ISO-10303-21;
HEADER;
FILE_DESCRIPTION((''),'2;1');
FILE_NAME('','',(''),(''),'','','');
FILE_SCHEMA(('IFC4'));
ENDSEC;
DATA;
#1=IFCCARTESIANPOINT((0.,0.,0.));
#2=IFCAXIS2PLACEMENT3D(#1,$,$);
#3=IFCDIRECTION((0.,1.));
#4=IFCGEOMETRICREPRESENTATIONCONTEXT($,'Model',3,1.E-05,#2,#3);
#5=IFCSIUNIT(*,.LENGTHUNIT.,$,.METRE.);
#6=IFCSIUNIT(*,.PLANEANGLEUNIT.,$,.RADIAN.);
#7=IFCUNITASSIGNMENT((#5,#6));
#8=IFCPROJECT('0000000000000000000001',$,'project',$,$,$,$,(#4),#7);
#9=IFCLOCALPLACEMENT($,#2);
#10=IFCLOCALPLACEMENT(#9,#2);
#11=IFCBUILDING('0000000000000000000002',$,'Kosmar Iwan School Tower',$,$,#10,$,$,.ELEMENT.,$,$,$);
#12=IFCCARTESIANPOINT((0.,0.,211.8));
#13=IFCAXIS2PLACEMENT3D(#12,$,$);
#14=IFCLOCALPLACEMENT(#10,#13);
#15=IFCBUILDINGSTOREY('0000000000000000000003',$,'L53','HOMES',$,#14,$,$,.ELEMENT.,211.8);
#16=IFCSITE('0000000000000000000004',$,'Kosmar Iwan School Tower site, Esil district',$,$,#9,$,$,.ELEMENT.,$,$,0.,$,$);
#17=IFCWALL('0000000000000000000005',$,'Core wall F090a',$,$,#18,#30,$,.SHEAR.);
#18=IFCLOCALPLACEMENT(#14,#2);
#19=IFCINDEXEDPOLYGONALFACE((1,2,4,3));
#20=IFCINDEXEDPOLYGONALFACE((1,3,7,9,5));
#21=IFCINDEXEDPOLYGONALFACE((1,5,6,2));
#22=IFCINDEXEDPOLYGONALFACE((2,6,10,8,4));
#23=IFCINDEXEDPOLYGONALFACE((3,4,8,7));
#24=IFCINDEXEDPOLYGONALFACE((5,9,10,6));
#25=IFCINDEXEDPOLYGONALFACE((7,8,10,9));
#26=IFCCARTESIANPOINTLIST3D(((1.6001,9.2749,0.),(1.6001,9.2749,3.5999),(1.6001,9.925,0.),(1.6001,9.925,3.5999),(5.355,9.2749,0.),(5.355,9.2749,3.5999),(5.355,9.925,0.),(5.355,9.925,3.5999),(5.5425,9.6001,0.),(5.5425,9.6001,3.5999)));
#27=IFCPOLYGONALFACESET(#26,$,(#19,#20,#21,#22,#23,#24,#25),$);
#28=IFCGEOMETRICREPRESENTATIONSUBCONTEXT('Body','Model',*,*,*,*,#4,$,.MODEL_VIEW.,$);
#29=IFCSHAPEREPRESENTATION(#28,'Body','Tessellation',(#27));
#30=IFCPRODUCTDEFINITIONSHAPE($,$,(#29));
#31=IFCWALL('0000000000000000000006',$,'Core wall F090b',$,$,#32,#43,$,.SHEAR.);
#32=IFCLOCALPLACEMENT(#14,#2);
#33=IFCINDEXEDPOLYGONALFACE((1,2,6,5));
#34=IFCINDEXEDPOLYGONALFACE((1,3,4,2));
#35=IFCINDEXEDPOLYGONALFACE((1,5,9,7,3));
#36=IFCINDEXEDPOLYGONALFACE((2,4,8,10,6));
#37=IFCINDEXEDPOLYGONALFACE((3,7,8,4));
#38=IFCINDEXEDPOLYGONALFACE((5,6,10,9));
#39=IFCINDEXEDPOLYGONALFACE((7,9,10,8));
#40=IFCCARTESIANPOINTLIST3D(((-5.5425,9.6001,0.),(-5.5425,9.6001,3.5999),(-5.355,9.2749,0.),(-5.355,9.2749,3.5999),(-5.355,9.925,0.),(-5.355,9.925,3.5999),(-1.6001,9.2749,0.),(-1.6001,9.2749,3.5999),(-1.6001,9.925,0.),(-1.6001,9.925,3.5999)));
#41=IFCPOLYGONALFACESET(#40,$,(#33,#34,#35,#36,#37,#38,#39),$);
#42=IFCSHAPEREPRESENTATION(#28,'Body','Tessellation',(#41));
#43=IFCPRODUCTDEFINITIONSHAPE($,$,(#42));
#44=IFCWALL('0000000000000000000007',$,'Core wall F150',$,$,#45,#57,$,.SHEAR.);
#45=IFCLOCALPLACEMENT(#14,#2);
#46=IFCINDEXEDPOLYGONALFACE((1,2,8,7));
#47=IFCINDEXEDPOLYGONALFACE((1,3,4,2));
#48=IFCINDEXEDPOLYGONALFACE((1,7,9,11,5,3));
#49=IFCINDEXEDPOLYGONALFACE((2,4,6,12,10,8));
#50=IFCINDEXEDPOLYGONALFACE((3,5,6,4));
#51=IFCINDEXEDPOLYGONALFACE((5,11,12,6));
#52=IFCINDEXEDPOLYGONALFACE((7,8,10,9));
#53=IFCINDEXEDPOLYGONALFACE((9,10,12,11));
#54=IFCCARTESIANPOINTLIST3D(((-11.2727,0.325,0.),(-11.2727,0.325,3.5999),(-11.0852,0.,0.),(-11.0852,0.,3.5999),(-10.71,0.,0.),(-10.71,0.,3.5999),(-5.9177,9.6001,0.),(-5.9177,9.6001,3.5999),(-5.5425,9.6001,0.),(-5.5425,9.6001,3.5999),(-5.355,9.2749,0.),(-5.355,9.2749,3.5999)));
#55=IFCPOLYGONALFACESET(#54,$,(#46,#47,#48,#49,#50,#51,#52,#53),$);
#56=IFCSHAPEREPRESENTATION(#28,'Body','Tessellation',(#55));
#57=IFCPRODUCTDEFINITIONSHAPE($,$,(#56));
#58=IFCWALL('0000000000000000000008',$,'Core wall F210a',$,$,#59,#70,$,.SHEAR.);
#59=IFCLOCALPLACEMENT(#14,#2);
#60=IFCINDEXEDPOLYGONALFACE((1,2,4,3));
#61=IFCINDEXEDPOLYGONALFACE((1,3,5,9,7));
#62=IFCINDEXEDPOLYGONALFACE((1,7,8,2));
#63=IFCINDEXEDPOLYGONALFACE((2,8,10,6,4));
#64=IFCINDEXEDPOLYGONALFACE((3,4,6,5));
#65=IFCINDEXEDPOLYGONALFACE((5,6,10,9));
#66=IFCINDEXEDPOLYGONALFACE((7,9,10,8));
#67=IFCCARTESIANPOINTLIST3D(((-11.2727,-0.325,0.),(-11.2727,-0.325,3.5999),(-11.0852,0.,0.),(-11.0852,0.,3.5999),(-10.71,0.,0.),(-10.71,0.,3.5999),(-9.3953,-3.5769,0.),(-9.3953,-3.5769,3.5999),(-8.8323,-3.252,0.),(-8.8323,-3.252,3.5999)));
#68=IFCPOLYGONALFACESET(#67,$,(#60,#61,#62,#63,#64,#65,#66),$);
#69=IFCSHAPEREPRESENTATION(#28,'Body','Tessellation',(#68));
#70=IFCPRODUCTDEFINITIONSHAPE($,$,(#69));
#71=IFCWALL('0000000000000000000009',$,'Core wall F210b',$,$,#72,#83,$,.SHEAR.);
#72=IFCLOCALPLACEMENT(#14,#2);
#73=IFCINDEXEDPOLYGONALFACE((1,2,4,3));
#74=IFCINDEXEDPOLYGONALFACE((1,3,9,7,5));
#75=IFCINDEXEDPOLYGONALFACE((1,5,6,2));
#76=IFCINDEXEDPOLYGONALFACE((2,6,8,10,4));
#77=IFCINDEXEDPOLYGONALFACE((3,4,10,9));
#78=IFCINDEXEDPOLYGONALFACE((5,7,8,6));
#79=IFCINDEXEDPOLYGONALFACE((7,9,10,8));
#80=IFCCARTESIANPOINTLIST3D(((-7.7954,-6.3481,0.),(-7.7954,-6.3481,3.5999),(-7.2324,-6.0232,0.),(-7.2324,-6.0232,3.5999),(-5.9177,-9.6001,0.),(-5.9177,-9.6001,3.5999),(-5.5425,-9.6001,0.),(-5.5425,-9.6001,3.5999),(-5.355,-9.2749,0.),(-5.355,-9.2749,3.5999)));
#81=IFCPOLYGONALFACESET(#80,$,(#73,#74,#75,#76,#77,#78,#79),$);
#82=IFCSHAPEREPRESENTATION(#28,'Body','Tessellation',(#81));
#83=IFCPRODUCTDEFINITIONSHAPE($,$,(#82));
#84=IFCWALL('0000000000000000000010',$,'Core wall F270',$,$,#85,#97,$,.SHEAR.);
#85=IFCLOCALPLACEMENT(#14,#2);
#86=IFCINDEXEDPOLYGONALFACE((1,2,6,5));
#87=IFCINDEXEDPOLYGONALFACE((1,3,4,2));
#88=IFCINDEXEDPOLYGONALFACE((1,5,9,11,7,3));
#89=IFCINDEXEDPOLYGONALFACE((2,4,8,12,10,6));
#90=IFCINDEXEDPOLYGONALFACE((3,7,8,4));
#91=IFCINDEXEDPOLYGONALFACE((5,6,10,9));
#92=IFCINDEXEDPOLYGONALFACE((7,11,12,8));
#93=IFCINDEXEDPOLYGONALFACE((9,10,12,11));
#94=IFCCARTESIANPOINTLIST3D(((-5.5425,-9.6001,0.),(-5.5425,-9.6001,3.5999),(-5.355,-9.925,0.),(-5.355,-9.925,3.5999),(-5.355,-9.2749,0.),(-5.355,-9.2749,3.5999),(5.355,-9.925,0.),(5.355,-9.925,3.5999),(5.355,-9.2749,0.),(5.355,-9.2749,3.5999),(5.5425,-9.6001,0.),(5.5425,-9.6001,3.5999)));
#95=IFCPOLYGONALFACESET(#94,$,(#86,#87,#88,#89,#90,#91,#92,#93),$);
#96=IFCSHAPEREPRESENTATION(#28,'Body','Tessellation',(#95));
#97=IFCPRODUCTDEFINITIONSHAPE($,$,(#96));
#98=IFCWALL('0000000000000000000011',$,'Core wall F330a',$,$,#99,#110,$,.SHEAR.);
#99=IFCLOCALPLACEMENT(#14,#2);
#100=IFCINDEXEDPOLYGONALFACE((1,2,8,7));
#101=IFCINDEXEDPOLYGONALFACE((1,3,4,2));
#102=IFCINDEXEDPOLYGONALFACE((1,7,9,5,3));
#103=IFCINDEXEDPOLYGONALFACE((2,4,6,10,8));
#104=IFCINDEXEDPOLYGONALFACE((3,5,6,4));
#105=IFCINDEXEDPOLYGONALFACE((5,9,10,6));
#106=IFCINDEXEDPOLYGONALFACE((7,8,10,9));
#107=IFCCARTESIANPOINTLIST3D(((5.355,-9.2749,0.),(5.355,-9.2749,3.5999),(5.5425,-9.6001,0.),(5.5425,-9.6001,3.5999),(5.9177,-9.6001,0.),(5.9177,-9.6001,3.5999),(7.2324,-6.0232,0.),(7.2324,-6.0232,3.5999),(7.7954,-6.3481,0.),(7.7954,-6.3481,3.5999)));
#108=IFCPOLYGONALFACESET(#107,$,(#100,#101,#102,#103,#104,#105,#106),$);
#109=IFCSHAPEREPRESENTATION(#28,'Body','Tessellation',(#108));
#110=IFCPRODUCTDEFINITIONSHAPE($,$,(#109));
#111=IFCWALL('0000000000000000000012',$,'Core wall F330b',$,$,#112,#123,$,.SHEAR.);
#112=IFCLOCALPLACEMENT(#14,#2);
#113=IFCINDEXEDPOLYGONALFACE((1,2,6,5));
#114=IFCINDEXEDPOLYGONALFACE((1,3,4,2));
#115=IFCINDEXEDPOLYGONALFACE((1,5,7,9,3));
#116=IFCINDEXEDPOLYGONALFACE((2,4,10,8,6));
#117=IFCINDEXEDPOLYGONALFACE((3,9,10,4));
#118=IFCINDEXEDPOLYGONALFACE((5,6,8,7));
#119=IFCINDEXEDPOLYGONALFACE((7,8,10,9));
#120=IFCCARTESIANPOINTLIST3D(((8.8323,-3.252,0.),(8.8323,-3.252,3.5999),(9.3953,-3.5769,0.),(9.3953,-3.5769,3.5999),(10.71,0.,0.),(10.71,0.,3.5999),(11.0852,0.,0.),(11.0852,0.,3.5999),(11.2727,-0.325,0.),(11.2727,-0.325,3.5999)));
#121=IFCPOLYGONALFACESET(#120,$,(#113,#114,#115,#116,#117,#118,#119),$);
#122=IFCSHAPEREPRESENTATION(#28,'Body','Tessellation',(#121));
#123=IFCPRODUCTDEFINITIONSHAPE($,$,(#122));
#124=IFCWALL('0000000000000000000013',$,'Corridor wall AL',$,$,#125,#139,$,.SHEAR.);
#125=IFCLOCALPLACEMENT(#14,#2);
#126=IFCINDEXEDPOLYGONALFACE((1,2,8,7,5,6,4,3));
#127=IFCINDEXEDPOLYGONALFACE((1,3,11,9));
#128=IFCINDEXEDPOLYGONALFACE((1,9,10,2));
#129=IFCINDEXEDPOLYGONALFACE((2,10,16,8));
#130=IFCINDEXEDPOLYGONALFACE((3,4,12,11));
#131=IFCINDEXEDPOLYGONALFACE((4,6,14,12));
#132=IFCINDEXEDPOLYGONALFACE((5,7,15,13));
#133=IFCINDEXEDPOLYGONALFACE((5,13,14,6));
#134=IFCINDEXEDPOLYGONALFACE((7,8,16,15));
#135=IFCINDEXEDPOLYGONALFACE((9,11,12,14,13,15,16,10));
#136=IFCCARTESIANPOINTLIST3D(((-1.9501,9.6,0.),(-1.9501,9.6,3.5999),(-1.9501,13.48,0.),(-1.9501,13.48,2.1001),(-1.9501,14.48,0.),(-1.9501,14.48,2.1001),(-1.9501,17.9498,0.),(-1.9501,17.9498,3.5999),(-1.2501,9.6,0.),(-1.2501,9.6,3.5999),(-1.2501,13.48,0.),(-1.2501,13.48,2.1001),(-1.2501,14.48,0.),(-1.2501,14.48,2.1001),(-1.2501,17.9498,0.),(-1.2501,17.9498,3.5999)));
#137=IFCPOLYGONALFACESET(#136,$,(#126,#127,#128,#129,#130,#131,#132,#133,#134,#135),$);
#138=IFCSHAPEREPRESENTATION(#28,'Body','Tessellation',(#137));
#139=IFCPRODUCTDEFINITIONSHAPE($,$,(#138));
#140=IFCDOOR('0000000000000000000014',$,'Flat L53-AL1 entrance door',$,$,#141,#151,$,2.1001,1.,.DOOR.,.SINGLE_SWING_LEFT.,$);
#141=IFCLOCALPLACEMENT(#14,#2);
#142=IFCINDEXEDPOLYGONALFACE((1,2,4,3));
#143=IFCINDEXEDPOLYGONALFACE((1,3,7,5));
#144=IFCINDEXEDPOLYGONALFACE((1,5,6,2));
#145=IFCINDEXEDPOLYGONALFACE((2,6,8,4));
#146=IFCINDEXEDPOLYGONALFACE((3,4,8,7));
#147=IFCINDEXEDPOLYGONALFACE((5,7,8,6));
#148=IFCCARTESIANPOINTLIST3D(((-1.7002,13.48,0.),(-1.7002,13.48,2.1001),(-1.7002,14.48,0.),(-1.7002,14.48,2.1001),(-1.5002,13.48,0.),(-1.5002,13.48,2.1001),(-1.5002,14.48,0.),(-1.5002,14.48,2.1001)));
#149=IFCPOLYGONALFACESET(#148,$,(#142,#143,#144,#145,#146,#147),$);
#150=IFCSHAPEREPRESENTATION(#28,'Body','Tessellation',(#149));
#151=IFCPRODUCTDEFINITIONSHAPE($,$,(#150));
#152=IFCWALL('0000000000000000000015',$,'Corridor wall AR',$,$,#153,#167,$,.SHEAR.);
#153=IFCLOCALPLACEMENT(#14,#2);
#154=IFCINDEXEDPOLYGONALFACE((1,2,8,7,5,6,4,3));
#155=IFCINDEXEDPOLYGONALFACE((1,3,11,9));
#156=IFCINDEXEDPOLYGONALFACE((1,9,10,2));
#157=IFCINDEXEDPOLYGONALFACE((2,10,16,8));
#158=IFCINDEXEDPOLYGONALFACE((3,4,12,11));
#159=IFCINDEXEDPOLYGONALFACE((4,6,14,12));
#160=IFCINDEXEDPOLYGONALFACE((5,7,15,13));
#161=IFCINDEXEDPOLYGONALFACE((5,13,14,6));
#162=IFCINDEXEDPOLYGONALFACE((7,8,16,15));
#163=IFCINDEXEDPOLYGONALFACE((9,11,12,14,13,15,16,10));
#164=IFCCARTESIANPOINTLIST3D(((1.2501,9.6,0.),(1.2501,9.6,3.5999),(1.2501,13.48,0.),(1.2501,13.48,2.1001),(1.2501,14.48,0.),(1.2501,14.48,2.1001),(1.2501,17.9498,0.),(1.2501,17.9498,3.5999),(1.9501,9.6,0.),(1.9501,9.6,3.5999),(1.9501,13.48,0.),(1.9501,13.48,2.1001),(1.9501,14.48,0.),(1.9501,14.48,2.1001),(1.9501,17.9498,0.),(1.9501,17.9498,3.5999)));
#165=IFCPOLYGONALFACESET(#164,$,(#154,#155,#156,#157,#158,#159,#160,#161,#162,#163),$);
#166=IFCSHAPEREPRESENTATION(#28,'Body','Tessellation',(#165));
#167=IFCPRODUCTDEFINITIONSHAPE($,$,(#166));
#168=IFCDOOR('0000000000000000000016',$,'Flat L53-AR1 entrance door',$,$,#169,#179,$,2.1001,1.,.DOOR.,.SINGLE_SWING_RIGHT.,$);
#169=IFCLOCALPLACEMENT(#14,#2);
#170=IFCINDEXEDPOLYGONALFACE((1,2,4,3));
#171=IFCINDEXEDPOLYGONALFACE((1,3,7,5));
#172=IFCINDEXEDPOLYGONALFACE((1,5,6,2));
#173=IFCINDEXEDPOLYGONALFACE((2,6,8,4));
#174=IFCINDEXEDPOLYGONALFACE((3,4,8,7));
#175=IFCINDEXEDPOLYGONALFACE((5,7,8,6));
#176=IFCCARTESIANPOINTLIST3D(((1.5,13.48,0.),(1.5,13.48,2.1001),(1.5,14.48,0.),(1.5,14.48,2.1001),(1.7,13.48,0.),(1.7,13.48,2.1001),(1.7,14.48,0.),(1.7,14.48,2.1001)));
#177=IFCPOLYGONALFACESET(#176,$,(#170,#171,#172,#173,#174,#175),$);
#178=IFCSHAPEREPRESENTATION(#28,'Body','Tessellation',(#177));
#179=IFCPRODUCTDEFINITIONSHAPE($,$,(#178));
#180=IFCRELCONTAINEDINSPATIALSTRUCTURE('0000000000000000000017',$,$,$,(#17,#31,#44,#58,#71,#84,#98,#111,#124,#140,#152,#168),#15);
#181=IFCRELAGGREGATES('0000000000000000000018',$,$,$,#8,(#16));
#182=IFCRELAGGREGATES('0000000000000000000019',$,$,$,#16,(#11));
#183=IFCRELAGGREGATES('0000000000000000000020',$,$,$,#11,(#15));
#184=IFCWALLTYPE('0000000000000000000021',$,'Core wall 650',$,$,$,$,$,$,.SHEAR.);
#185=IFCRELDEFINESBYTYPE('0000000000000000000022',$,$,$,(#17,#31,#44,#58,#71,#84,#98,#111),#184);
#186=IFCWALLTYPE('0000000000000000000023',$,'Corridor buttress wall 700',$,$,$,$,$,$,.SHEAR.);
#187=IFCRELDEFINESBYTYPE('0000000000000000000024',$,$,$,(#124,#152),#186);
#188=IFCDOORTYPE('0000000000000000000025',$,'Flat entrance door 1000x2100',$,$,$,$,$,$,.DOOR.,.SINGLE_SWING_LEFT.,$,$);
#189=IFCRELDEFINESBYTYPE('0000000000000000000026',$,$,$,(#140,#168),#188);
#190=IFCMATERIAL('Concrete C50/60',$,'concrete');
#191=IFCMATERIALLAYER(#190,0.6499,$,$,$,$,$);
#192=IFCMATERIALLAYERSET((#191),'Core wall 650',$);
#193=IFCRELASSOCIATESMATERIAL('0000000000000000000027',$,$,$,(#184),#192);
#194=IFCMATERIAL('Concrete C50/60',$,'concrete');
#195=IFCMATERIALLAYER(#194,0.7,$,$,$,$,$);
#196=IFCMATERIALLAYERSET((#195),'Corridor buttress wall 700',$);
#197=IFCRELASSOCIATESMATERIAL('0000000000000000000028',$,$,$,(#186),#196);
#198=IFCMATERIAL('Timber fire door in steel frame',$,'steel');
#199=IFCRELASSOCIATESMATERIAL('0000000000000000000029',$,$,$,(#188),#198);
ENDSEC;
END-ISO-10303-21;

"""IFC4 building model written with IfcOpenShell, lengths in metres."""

from ifc_helpers import new_model, si_unit, direction, frame, frame_2d, origin, place, context, subcontext, project, spatial, polyline, rectangle, outline, extrude, material, layer, layer_set, type_object, element, fill, save


model = new_model("IFC4")

# Units and contexts
model_context = context("Model", 3, precision=1e-05, world=origin(), true_north=direction((0.0, 1.0)))
body_context = subcontext(model_context, "Body", "Model", "MODEL_VIEW")
ifc_project = project(units=[si_unit("LENGTHUNIT", "METRE"), si_unit("PLANEANGLEUNIT", "RADIAN")], contexts=[model_context])

# Site, building, storey
site_placement = place(None, origin())
site = spatial("IfcSite", under=ifc_project, at=site_placement, Name="Kosmar Iwan School Tower site, Esil district", CompositionType="ELEMENT", RefElevation=0.0)
building_placement = place(site_placement, origin())
building = spatial("IfcBuilding", under=site, at=building_placement, Name="Kosmar Iwan School Tower", CompositionType="ELEMENT")
storey_placement = place(building_placement, frame((0.0, 0.0, 211.8)))
storey = spatial("IfcBuildingStorey", under=building, at=storey_placement, Name="L53", Description="HOMES", CompositionType="ELEMENT", Elevation=211.8)

# Walls
ifc_material_1 = material(Name="Concrete C50/60", Category="concrete")
ifc_layer_1 = layer(ifc_material_1, 0.6499)
ifc_layer_set_1 = layer_set([ifc_layer_1], Name="Core wall 650")
wall_type_1 = type_object("IfcWallType", Name="Core wall 650", PredefinedType="SHEAR", material=ifc_layer_set_1)
wall_1_placement = place(storey_placement, origin())
element("IfcWall", 1, at=wall_1_placement, inside=storey, type_object=wall_type_1, Name="Core wall F090a", PredefinedType="SHEAR", context=body_context, shape_type="SweptSolid", body=[
    extrude(outline(polyline([(1.6001, 9.2749), (5.355, 9.2749), (5.5425, 9.6001), (5.355, 9.925), (1.6001, 9.925), (1.6001, 9.2749)])), origin(), (0.0, 0.0, 1.0), 3.5999),
])
wall_2_placement = place(storey_placement, origin())
element("IfcWall", 2, at=wall_2_placement, inside=storey, type_object=wall_type_1, Name="Core wall F090b", PredefinedType="SHEAR", context=body_context, shape_type="SweptSolid", body=[
    extrude(outline(polyline([(-5.355, 9.2749), (-1.6001, 9.2749), (-1.6001, 9.925), (-5.355, 9.925), (-5.5425, 9.6001), (-5.355, 9.2749)])), origin(), (0.0, 0.0, 1.0), 3.5999),
])
wall_3_placement = place(storey_placement, origin())
element("IfcWall", 3, at=wall_3_placement, inside=storey, type_object=wall_type_1, Name="Core wall F150", PredefinedType="SHEAR", context=body_context, shape_type="SweptSolid", body=[
    extrude(outline(polyline([(-11.0852, 0.0), (-10.71, 0.0), (-5.355, 9.2749), (-5.5425, 9.6001), (-5.9177, 9.6001), (-11.2727, 0.325), (-11.0852, 0.0)])), origin(), (0.0, 0.0, 1.0), 3.5999),
])
wall_4_placement = place(storey_placement, origin())
element("IfcWall", 4, at=wall_4_placement, inside=storey, type_object=wall_type_1, Name="Core wall F210a", PredefinedType="SHEAR", context=body_context, shape_type="SweptSolid", body=[
    extrude(outline(polyline([(-9.3953, -3.5769), (-8.8323, -3.252), (-10.71, 0.0), (-11.0852, 0.0), (-11.2727, -0.325), (-9.3953, -3.5769)])), origin(), (0.0, 0.0, 1.0), 3.5999),
])
wall_5_placement = place(storey_placement, origin())
element("IfcWall", 5, at=wall_5_placement, inside=storey, type_object=wall_type_1, Name="Core wall F210b", PredefinedType="SHEAR", context=body_context, shape_type="SweptSolid", body=[
    extrude(outline(polyline([(-5.9177, -9.6001), (-5.5425, -9.6001), (-5.355, -9.2749), (-7.2324, -6.0232), (-7.7954, -6.3481), (-5.9177, -9.6001)])), origin(), (0.0, 0.0, 1.0), 3.5999),
])
wall_6_placement = place(storey_placement, origin())
element("IfcWall", 6, at=wall_6_placement, inside=storey, type_object=wall_type_1, Name="Core wall F270", PredefinedType="SHEAR", context=body_context, shape_type="SweptSolid", body=[
    extrude(outline(polyline([(-5.355, -9.925), (5.355, -9.925), (5.5425, -9.6001), (5.355, -9.2749), (-5.355, -9.2749), (-5.5425, -9.6001), (-5.355, -9.925)])), origin(), (0.0, 0.0, 1.0), 3.5999),
])
wall_7_placement = place(storey_placement, origin())
element("IfcWall", 7, at=wall_7_placement, inside=storey, type_object=wall_type_1, Name="Core wall F330a", PredefinedType="SHEAR", context=body_context, shape_type="SweptSolid", body=[
    extrude(outline(polyline([(5.5425, -9.6001), (5.9177, -9.6001), (7.7954, -6.3481), (7.2324, -6.0232), (5.355, -9.2749), (5.5425, -9.6001)])), origin(), (0.0, 0.0, 1.0), 3.5999),
])
wall_8_placement = place(storey_placement, origin())
element("IfcWall", 8, at=wall_8_placement, inside=storey, type_object=wall_type_1, Name="Core wall F330b", PredefinedType="SHEAR", context=body_context, shape_type="SweptSolid", body=[
    extrude(outline(polyline([(9.3953, -3.5769), (11.2727, -0.325), (11.0852, 0.0), (10.71, 0.0), (8.8323, -3.252), (9.3953, -3.5769)])), origin(), (0.0, 0.0, 1.0), 3.5999),
])

# Walls, openings, doors
ifc_material_2 = material(Name="Concrete C50/60", Category="concrete")
ifc_layer_2 = layer(ifc_material_2, 0.7)
ifc_layer_set_2 = layer_set([ifc_layer_2], Name="Corridor buttress wall 700")
wall_type_2 = type_object("IfcWallType", Name="Corridor buttress wall 700", PredefinedType="SHEAR", material=ifc_layer_set_2)
wall_9_placement = place(storey_placement, frame((-1.6001, 9.6001, 0.0), z_axis=(0.0, 0.0, 1.0), x_axis=(0.0, 1.0, 0.0)))
wall_9 = element("IfcWall", 9, at=wall_9_placement, inside=storey, type_object=wall_type_2, Name="Corridor wall AL", PredefinedType="SHEAR", context=body_context, shape_type="SweptSolid", body=[
    extrude(rectangle(XDim=8.3499, YDim=0.7, at=frame_2d((4.1748, 0.0))), origin(), (0.0, 0.0, 1.0), 3.5999),
])
opening_1_placement = place(wall_9_placement, frame((3.8799, 0.0, 0.0)))
opening_1 = element("IfcOpeningElement", 10, at=opening_1_placement, cuts=wall_9, PredefinedType="OPENING", context=body_context, shape_type="SweptSolid", body=[
    extrude(rectangle(XDim=1.0, YDim=2.1001, at=frame_2d((0.5, 1.05))), frame((0.0, 0.3621, 0.0), z_axis=(0.0, -1.0, 0.0), x_axis=(1.0, 0.0, 0.0)), (0.0, 0.0, 1.0), 0.7239),
])
ifc_material_3 = material(Name="Timber fire door in steel frame", Category="steel")
door_type_1 = type_object("IfcDoorType", Name="Flat entrance door 1000x2100", OperationType="SINGLE_SWING_LEFT", PredefinedType="DOOR", material=ifc_material_3)
door_1_placement = place(opening_1_placement, origin())
door_1 = element("IfcDoor", 11, at=door_1_placement, inside=storey, type_object=door_type_1, Name="Flat L53-AL1 entrance door", OperationType="SINGLE_SWING_LEFT", OverallHeight=2.1001, OverallWidth=1.0, PredefinedType="DOOR", context=body_context, shape_type="SweptSolid", body=[
    extrude(rectangle(XDim=1.0, YDim=2.1001, at=frame_2d((0.5, 1.05))), frame((0.0, 0.1001, 0.0), z_axis=(0.0, -1.0, 0.0), x_axis=(1.0, 0.0, 0.0)), (0.0, 0.0, 1.0), 0.2),
])
fill(opening_1, door_1)
wall_10_placement = place(storey_placement, frame((1.6001, 9.6001, 0.0), z_axis=(0.0, 0.0, 1.0), x_axis=(0.0, 1.0, 0.0)))
wall_10 = element("IfcWall", 12, at=wall_10_placement, inside=storey, type_object=wall_type_2, Name="Corridor wall AR", PredefinedType="SHEAR", context=body_context, shape_type="SweptSolid", body=[
    extrude(rectangle(XDim=8.3499, YDim=0.7, at=frame_2d((4.1748, 0.0))), origin(), (0.0, 0.0, 1.0), 3.5999),
])
opening_2_placement = place(wall_10_placement, frame((3.8799, 0.0, 0.0)))
opening_2 = element("IfcOpeningElement", 13, at=opening_2_placement, cuts=wall_10, PredefinedType="OPENING", context=body_context, shape_type="SweptSolid", body=[
    extrude(rectangle(XDim=1.0, YDim=2.1001, at=frame_2d((0.5, 1.05))), frame((0.0, 0.3621, 0.0), z_axis=(0.0, -1.0, 0.0), x_axis=(1.0, 0.0, 0.0)), (0.0, 0.0, 1.0), 0.7239),
])
door_2_placement = place(opening_2_placement, origin())
door_2 = element("IfcDoor", 14, at=door_2_placement, inside=storey, type_object=door_type_1, Name="Flat L53-AR1 entrance door", OperationType="SINGLE_SWING_RIGHT", OverallHeight=2.1001, OverallWidth=1.0, PredefinedType="DOOR", context=body_context, shape_type="SweptSolid", body=[
    extrude(rectangle(XDim=1.0, YDim=2.1001, at=frame_2d((0.5, 1.05))), frame((0.0, 0.1001, 0.0), z_axis=(0.0, -1.0, 0.0), x_axis=(1.0, 0.0, 0.0)), (0.0, 0.0, 1.0), 0.2),
])
fill(opening_2, door_2)

save(model, "model.ifc")
